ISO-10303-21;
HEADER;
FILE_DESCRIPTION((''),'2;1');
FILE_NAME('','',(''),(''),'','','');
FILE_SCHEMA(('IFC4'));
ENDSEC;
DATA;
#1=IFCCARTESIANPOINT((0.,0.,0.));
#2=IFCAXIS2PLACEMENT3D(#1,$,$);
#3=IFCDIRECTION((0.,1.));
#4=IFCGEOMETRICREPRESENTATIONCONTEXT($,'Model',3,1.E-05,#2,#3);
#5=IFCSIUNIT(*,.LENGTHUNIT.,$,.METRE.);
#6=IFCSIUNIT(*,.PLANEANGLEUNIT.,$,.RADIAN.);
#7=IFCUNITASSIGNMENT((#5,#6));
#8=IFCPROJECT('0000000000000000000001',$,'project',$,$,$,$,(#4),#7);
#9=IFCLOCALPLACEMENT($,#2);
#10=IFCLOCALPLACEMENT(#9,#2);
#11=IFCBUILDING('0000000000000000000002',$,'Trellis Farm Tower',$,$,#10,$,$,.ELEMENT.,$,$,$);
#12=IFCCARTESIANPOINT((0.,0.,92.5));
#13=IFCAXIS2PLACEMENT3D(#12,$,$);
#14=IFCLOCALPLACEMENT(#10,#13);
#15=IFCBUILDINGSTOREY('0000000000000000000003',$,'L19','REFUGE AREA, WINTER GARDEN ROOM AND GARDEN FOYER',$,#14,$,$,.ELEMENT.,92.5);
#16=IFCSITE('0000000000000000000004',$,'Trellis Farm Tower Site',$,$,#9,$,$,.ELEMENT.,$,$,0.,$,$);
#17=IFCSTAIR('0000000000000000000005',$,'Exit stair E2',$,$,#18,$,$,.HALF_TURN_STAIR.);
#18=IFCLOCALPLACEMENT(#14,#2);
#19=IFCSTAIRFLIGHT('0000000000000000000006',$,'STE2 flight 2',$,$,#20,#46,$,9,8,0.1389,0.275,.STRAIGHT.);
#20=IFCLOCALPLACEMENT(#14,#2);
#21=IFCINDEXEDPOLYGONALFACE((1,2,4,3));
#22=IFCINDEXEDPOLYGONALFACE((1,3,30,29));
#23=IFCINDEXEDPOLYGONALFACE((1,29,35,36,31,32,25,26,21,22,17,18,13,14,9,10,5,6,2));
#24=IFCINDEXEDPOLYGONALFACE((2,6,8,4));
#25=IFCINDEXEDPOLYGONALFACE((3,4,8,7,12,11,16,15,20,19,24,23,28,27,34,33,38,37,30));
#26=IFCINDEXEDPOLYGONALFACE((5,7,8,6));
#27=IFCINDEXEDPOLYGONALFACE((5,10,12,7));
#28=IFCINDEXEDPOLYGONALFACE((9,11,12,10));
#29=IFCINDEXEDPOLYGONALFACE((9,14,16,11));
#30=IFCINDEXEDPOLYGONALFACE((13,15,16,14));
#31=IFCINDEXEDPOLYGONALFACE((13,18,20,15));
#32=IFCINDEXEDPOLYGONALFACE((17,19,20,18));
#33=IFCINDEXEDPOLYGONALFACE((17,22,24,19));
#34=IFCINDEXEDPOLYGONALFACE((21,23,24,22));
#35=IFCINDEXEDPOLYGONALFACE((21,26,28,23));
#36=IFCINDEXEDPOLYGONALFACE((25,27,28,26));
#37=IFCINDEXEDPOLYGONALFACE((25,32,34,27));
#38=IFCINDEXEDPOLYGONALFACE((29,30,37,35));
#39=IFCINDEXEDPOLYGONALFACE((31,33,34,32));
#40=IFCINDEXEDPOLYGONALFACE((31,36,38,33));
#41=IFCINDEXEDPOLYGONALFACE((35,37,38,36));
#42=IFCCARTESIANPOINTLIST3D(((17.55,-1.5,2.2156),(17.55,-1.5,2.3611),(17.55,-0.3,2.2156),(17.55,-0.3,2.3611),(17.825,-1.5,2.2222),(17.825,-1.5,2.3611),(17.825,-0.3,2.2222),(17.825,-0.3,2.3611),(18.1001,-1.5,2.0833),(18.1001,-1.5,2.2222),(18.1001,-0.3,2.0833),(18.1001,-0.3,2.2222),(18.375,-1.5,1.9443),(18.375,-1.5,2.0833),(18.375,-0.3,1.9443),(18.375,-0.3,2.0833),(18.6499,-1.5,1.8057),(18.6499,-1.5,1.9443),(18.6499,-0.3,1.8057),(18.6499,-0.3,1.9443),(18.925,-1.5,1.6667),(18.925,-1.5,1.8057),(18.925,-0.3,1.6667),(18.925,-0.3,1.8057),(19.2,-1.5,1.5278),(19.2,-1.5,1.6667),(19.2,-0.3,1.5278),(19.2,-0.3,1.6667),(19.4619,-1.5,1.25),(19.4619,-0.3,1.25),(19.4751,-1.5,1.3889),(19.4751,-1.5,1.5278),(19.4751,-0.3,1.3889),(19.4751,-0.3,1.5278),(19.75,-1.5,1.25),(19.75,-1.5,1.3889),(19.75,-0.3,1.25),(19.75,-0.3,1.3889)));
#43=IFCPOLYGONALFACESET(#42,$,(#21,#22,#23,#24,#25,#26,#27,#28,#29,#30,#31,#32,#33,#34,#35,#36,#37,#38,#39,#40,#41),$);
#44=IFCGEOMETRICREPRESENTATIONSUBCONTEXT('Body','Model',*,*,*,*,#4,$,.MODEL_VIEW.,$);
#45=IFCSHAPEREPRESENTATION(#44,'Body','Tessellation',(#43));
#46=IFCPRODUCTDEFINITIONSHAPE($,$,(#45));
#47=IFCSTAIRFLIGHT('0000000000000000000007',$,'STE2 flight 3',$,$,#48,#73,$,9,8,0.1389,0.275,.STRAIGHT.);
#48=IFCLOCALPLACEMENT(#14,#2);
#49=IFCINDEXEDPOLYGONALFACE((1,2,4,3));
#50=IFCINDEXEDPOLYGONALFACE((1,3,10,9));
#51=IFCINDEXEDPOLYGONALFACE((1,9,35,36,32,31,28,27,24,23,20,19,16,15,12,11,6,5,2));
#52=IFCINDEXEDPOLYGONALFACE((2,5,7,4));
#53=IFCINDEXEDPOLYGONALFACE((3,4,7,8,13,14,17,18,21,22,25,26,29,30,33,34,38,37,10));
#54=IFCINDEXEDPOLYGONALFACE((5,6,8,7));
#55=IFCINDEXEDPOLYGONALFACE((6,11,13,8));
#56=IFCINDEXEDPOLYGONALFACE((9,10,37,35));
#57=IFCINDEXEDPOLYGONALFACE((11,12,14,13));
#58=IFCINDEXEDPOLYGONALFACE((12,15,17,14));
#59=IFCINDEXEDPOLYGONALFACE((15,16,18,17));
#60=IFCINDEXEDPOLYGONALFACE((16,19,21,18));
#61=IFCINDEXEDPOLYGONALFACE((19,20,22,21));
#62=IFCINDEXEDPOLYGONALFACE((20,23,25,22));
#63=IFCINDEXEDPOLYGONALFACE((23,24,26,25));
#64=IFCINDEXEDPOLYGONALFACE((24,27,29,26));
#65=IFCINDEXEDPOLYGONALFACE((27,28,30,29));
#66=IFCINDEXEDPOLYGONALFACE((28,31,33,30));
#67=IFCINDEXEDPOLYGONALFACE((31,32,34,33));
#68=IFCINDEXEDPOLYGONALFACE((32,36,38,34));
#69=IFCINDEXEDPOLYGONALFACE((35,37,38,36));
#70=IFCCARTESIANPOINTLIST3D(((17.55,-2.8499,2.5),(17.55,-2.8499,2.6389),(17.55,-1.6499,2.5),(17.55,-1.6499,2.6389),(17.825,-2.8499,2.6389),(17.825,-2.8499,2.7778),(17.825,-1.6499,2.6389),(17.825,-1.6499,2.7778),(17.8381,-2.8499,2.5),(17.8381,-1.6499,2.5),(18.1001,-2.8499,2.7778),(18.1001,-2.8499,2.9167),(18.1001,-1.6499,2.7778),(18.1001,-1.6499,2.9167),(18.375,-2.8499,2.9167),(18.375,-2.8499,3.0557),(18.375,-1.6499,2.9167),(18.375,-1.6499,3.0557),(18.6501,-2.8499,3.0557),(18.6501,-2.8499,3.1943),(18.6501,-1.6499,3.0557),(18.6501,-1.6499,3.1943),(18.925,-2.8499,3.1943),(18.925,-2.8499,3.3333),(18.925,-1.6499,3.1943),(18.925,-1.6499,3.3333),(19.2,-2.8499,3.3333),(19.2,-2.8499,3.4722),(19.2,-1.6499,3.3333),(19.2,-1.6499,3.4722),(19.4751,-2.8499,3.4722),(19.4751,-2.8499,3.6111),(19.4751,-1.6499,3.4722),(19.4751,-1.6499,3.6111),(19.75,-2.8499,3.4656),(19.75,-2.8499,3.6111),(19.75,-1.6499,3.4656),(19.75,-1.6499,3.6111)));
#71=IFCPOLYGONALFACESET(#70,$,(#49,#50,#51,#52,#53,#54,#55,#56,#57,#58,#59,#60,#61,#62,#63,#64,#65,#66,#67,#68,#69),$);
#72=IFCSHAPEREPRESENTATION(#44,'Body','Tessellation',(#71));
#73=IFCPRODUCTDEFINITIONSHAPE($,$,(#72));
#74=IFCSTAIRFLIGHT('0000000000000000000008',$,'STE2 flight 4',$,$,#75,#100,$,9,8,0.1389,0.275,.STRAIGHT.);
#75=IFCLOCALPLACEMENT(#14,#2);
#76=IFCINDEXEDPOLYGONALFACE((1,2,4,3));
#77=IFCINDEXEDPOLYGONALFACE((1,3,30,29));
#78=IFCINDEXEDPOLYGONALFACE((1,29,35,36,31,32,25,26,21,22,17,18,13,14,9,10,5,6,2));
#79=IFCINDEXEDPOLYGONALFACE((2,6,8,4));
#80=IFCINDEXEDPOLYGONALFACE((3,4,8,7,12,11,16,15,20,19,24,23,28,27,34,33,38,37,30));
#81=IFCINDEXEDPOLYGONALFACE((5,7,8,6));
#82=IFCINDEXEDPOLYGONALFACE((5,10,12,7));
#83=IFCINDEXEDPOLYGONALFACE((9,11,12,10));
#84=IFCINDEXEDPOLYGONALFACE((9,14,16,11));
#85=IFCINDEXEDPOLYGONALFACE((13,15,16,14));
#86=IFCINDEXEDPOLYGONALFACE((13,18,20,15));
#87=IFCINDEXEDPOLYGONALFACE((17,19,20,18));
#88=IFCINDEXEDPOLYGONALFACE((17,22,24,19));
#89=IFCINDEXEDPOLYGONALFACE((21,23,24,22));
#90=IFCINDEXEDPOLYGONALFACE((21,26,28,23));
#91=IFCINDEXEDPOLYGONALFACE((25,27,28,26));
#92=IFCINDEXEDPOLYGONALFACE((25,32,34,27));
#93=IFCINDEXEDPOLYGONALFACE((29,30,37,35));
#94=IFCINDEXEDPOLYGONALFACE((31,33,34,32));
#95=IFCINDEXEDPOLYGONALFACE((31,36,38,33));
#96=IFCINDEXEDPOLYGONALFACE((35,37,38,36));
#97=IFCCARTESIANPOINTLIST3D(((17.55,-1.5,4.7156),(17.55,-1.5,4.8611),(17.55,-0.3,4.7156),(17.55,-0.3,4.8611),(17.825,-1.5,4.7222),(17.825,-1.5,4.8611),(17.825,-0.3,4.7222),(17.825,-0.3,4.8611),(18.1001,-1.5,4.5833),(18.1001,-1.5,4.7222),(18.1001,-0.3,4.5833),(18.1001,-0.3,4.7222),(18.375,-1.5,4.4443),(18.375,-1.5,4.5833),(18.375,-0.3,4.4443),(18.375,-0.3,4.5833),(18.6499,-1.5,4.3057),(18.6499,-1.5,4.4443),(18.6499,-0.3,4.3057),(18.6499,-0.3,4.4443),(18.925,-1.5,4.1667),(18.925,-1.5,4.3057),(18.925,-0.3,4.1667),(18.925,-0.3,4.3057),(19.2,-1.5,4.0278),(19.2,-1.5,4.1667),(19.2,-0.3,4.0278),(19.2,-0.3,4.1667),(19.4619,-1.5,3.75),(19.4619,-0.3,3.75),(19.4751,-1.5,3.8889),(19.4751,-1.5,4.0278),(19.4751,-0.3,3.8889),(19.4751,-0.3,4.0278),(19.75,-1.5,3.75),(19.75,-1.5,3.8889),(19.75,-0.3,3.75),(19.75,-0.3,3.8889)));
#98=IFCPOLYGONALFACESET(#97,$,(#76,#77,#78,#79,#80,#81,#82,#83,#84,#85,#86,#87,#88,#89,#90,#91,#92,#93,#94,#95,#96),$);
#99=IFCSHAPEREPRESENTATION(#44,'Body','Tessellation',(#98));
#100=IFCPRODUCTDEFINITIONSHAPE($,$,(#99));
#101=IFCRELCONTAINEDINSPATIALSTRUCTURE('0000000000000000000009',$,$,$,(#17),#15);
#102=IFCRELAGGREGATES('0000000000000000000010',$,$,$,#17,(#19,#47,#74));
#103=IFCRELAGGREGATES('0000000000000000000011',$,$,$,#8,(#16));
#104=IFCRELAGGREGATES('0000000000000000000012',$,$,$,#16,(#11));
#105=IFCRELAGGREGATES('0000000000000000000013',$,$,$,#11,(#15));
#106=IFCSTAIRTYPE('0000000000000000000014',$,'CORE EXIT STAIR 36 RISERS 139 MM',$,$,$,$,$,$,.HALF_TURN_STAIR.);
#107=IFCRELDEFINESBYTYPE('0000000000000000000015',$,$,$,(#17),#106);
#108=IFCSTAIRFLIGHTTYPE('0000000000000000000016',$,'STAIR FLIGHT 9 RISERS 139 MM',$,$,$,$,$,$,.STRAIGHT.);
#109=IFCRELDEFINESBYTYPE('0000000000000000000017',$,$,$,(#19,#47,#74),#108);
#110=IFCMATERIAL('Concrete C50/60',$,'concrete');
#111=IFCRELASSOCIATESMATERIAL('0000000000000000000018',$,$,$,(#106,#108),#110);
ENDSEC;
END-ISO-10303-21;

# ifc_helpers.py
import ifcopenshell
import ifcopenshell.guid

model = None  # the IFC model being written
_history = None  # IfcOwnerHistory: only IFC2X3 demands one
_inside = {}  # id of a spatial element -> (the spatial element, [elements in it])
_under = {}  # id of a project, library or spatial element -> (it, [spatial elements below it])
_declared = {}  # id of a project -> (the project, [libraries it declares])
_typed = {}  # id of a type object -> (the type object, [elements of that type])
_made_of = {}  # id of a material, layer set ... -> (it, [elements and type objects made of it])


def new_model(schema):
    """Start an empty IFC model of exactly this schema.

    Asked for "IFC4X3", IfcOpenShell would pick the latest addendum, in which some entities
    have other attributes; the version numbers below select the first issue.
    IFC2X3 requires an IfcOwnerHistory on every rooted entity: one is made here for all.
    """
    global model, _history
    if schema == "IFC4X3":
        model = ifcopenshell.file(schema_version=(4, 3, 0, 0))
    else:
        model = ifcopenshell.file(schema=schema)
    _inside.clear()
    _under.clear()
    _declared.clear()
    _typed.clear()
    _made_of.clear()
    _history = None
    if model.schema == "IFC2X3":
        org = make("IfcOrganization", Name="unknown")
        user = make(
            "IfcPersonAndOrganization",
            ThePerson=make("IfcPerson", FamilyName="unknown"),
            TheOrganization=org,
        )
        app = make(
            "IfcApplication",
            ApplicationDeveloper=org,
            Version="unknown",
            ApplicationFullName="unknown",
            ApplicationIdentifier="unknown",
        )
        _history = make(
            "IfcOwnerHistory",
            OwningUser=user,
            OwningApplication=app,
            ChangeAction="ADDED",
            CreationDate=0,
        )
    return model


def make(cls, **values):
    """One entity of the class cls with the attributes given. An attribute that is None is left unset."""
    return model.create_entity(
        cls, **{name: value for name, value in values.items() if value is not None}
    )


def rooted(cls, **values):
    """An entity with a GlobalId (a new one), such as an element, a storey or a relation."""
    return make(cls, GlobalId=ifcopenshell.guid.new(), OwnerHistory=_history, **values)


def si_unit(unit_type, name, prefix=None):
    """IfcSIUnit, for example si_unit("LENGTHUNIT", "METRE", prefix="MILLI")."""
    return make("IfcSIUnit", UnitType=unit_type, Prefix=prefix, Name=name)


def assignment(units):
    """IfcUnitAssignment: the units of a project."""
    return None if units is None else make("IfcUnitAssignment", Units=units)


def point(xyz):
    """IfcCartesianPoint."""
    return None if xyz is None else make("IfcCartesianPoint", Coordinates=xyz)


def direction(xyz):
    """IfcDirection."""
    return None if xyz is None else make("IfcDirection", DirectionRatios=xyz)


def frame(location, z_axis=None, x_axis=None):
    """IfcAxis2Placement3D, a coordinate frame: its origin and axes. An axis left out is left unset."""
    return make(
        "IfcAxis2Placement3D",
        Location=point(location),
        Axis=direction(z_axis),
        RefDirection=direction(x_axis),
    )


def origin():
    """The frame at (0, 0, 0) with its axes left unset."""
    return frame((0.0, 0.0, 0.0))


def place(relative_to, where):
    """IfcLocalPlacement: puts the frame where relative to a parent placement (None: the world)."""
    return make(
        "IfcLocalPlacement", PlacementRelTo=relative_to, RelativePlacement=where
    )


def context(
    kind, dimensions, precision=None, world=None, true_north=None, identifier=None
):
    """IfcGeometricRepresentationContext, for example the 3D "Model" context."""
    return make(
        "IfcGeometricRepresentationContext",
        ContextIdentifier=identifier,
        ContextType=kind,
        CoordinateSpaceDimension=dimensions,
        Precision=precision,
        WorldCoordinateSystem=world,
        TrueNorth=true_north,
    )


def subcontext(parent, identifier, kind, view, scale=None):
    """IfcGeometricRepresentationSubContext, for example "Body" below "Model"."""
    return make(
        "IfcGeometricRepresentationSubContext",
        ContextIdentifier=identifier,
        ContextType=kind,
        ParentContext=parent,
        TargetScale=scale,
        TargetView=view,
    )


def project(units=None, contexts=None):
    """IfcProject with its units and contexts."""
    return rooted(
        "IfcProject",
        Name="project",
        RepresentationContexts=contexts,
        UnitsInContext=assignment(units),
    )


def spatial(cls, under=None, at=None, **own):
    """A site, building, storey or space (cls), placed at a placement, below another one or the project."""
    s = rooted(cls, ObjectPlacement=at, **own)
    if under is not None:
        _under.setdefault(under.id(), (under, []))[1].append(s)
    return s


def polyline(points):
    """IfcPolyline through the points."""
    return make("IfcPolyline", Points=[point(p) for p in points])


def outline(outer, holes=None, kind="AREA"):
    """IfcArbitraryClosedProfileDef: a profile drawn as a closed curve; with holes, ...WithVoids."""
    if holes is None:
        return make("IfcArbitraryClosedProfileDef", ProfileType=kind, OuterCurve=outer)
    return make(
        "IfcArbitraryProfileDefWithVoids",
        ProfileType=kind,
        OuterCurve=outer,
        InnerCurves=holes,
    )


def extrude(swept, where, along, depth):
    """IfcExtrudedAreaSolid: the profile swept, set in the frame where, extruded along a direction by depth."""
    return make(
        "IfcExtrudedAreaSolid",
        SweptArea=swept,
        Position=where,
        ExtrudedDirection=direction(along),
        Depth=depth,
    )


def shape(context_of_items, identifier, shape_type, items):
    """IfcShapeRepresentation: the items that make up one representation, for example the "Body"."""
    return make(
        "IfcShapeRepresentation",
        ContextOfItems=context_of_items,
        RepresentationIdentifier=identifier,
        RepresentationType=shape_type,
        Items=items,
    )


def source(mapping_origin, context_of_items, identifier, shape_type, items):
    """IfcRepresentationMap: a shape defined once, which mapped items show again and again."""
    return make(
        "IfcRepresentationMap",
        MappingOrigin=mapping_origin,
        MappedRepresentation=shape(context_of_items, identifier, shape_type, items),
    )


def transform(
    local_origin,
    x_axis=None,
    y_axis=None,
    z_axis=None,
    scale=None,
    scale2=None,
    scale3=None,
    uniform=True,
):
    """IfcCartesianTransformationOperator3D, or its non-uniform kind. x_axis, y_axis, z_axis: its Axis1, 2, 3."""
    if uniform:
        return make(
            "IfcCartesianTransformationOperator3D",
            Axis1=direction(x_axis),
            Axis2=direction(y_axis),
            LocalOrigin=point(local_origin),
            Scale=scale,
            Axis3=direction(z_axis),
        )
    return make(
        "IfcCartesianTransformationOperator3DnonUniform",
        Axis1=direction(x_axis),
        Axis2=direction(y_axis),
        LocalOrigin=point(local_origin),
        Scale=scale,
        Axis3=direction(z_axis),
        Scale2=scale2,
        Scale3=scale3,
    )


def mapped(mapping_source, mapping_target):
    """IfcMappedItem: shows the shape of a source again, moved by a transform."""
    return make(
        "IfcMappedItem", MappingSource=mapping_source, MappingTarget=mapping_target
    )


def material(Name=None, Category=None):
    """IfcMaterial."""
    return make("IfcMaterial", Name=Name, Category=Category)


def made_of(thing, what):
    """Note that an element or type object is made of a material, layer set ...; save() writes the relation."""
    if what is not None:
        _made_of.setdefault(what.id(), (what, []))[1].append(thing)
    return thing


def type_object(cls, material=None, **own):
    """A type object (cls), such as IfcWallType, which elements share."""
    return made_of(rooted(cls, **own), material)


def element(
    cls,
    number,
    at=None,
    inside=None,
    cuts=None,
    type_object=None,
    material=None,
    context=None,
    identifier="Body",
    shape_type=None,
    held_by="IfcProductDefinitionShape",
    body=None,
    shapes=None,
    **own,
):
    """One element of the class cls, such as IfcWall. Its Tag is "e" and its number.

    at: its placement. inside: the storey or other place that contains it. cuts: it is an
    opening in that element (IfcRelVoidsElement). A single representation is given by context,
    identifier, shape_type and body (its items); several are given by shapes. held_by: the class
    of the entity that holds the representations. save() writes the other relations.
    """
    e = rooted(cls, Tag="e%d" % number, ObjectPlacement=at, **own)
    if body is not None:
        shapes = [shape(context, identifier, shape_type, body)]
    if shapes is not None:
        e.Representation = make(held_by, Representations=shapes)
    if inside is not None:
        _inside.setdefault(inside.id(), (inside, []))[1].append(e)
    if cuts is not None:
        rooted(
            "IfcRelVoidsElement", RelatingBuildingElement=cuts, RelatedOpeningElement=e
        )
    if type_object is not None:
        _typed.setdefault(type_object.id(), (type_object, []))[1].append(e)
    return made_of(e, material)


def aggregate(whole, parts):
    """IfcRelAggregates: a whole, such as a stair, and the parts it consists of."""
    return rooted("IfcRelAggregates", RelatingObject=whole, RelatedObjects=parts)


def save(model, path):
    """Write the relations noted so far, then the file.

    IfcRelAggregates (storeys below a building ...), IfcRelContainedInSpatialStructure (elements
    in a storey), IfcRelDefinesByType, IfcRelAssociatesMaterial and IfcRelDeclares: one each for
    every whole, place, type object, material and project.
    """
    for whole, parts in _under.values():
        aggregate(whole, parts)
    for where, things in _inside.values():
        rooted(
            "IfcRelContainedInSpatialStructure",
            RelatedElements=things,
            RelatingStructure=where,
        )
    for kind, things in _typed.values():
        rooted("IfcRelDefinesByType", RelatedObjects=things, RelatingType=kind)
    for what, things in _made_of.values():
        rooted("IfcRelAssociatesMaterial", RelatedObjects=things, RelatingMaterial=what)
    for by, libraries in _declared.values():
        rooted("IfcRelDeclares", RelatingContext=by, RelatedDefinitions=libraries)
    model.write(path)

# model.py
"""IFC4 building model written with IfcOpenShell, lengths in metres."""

from ifc_helpers import new_model, si_unit, direction, frame, origin, place, context, subcontext, project, spatial, polyline, outline, extrude, source, transform, mapped, material, type_object, element, aggregate, save


model = new_model("IFC4")

# Units and contexts
model_context = context("Model", 3, precision=1e-05, world=origin(), true_north=direction((0.0, 1.0)))
body_context = subcontext(model_context, "Body", "Model", "MODEL_VIEW")
ifc_project = project(units=[si_unit("LENGTHUNIT", "METRE"), si_unit("PLANEANGLEUNIT", "RADIAN")], contexts=[model_context])

# Site, building, storey
site_placement = place(None, origin())
site = spatial("IfcSite", under=ifc_project, at=site_placement, Name="Trellis Farm Tower Site", CompositionType="ELEMENT", RefElevation=0.0)
building_placement = place(site_placement, origin())
building = spatial("IfcBuilding", under=site, at=building_placement, Name="Trellis Farm Tower", CompositionType="ELEMENT")
storey_placement = place(building_placement, frame((0.0, 0.0, 92.5)))
storey = spatial("IfcBuildingStorey", under=building, at=storey_placement, Name="L19", Description="REFUGE AREA, WINTER GARDEN ROOM AND GARDEN FOYER", CompositionType="ELEMENT", Elevation=92.5)

# Shared definitions
placement = place(storey_placement, origin())

# Stair, stair flights
ifc_material_1 = material(Name="Concrete C50/60", Category="concrete")
stair_type = type_object("IfcStairType", Name="CORE EXIT STAIR 36 RISERS 139 MM", PredefinedType="HALF_TURN_STAIR", material=ifc_material_1)
stair_flight_type = type_object("IfcStairFlightType", Name="STAIR FLIGHT 9 RISERS 139 MM", PredefinedType="STRAIGHT", material=ifc_material_1)
shared_shape_1 = source(origin(), body_context, "Body", "SweptSolid", [
    extrude(outline(polyline([(0.0, 0.0), (0.0, 0.1389), (0.2749, 0.1389), (0.2749, 0.2778), (0.55, 0.2778), (0.55, 0.4167), (0.825, 0.4167), (0.825, 0.5557), (1.1001, 0.5557), (1.1001, 0.6943), (1.375, 0.6943), (1.375, 0.8333), (1.6499, 0.8333), (1.6499, 0.9722), (1.925, 0.9722), (1.925, 1.1111), (2.2, 1.1111), (2.2, 1.25), (2.2, 0.9656), (0.2881, 0.0), (0.0, 0.0)])), frame((0.0, 0.6001, 0.0), z_axis=(0.0, -1.0, 0.0), x_axis=(1.0, 0.0, 0.0)), (0.0, 0.0, 1.0), 1.2),
])
stair_1 = element("IfcStair", 1, at=placement, inside=storey, type_object=stair_type, Name="Exit stair E2", PredefinedType="HALF_TURN_STAIR")
stair_flight_1_placement = place(storey_placement, frame((19.75, -0.8999, 1.25), z_axis=(0.0, 0.0, 1.0), x_axis=(-1.0, 0.0, 0.0)))
stair_flight_1 = element("IfcStairFlight", 2, at=stair_flight_1_placement, type_object=stair_flight_type, Name="STE2 flight 2", NumberOfRisers=9, NumberOfTreads=8, PredefinedType="STRAIGHT", RiserHeight=0.1389, TreadLength=0.275, context=body_context, shape_type="MappedRepresentation", body=[
    mapped(shared_shape_1, transform((0.0, 0.0, 0.0))),
])
stair_flight_2_placement = place(storey_placement, frame((17.55, -2.25, 2.5), z_axis=(0.0, 0.0, 1.0), x_axis=(1.0, 0.0, 0.0)))
stair_flight_2 = element("IfcStairFlight", 3, at=stair_flight_2_placement, type_object=stair_flight_type, Name="STE2 flight 3", NumberOfRisers=9, NumberOfTreads=8, PredefinedType="STRAIGHT", RiserHeight=0.1389, TreadLength=0.275, context=body_context, shape_type="MappedRepresentation", body=[
    mapped(shared_shape_1, transform((0.0, 0.0, 0.0))),
])
stair_flight_3_placement = place(storey_placement, frame((19.75, -0.8999, 3.75), z_axis=(0.0, 0.0, 1.0), x_axis=(-1.0, 0.0, 0.0)))
stair_flight_3 = element("IfcStairFlight", 4, at=stair_flight_3_placement, type_object=stair_flight_type, Name="STE2 flight 4", NumberOfRisers=9, NumberOfTreads=8, PredefinedType="STRAIGHT", RiserHeight=0.1389, TreadLength=0.275, context=body_context, shape_type="MappedRepresentation", body=[
    mapped(shared_shape_1, transform((0.0, 0.0, 0.0))),
])
aggregate(stair_1, [stair_flight_1, stair_flight_2, stair_flight_3])

save(model, "model.ifc")
